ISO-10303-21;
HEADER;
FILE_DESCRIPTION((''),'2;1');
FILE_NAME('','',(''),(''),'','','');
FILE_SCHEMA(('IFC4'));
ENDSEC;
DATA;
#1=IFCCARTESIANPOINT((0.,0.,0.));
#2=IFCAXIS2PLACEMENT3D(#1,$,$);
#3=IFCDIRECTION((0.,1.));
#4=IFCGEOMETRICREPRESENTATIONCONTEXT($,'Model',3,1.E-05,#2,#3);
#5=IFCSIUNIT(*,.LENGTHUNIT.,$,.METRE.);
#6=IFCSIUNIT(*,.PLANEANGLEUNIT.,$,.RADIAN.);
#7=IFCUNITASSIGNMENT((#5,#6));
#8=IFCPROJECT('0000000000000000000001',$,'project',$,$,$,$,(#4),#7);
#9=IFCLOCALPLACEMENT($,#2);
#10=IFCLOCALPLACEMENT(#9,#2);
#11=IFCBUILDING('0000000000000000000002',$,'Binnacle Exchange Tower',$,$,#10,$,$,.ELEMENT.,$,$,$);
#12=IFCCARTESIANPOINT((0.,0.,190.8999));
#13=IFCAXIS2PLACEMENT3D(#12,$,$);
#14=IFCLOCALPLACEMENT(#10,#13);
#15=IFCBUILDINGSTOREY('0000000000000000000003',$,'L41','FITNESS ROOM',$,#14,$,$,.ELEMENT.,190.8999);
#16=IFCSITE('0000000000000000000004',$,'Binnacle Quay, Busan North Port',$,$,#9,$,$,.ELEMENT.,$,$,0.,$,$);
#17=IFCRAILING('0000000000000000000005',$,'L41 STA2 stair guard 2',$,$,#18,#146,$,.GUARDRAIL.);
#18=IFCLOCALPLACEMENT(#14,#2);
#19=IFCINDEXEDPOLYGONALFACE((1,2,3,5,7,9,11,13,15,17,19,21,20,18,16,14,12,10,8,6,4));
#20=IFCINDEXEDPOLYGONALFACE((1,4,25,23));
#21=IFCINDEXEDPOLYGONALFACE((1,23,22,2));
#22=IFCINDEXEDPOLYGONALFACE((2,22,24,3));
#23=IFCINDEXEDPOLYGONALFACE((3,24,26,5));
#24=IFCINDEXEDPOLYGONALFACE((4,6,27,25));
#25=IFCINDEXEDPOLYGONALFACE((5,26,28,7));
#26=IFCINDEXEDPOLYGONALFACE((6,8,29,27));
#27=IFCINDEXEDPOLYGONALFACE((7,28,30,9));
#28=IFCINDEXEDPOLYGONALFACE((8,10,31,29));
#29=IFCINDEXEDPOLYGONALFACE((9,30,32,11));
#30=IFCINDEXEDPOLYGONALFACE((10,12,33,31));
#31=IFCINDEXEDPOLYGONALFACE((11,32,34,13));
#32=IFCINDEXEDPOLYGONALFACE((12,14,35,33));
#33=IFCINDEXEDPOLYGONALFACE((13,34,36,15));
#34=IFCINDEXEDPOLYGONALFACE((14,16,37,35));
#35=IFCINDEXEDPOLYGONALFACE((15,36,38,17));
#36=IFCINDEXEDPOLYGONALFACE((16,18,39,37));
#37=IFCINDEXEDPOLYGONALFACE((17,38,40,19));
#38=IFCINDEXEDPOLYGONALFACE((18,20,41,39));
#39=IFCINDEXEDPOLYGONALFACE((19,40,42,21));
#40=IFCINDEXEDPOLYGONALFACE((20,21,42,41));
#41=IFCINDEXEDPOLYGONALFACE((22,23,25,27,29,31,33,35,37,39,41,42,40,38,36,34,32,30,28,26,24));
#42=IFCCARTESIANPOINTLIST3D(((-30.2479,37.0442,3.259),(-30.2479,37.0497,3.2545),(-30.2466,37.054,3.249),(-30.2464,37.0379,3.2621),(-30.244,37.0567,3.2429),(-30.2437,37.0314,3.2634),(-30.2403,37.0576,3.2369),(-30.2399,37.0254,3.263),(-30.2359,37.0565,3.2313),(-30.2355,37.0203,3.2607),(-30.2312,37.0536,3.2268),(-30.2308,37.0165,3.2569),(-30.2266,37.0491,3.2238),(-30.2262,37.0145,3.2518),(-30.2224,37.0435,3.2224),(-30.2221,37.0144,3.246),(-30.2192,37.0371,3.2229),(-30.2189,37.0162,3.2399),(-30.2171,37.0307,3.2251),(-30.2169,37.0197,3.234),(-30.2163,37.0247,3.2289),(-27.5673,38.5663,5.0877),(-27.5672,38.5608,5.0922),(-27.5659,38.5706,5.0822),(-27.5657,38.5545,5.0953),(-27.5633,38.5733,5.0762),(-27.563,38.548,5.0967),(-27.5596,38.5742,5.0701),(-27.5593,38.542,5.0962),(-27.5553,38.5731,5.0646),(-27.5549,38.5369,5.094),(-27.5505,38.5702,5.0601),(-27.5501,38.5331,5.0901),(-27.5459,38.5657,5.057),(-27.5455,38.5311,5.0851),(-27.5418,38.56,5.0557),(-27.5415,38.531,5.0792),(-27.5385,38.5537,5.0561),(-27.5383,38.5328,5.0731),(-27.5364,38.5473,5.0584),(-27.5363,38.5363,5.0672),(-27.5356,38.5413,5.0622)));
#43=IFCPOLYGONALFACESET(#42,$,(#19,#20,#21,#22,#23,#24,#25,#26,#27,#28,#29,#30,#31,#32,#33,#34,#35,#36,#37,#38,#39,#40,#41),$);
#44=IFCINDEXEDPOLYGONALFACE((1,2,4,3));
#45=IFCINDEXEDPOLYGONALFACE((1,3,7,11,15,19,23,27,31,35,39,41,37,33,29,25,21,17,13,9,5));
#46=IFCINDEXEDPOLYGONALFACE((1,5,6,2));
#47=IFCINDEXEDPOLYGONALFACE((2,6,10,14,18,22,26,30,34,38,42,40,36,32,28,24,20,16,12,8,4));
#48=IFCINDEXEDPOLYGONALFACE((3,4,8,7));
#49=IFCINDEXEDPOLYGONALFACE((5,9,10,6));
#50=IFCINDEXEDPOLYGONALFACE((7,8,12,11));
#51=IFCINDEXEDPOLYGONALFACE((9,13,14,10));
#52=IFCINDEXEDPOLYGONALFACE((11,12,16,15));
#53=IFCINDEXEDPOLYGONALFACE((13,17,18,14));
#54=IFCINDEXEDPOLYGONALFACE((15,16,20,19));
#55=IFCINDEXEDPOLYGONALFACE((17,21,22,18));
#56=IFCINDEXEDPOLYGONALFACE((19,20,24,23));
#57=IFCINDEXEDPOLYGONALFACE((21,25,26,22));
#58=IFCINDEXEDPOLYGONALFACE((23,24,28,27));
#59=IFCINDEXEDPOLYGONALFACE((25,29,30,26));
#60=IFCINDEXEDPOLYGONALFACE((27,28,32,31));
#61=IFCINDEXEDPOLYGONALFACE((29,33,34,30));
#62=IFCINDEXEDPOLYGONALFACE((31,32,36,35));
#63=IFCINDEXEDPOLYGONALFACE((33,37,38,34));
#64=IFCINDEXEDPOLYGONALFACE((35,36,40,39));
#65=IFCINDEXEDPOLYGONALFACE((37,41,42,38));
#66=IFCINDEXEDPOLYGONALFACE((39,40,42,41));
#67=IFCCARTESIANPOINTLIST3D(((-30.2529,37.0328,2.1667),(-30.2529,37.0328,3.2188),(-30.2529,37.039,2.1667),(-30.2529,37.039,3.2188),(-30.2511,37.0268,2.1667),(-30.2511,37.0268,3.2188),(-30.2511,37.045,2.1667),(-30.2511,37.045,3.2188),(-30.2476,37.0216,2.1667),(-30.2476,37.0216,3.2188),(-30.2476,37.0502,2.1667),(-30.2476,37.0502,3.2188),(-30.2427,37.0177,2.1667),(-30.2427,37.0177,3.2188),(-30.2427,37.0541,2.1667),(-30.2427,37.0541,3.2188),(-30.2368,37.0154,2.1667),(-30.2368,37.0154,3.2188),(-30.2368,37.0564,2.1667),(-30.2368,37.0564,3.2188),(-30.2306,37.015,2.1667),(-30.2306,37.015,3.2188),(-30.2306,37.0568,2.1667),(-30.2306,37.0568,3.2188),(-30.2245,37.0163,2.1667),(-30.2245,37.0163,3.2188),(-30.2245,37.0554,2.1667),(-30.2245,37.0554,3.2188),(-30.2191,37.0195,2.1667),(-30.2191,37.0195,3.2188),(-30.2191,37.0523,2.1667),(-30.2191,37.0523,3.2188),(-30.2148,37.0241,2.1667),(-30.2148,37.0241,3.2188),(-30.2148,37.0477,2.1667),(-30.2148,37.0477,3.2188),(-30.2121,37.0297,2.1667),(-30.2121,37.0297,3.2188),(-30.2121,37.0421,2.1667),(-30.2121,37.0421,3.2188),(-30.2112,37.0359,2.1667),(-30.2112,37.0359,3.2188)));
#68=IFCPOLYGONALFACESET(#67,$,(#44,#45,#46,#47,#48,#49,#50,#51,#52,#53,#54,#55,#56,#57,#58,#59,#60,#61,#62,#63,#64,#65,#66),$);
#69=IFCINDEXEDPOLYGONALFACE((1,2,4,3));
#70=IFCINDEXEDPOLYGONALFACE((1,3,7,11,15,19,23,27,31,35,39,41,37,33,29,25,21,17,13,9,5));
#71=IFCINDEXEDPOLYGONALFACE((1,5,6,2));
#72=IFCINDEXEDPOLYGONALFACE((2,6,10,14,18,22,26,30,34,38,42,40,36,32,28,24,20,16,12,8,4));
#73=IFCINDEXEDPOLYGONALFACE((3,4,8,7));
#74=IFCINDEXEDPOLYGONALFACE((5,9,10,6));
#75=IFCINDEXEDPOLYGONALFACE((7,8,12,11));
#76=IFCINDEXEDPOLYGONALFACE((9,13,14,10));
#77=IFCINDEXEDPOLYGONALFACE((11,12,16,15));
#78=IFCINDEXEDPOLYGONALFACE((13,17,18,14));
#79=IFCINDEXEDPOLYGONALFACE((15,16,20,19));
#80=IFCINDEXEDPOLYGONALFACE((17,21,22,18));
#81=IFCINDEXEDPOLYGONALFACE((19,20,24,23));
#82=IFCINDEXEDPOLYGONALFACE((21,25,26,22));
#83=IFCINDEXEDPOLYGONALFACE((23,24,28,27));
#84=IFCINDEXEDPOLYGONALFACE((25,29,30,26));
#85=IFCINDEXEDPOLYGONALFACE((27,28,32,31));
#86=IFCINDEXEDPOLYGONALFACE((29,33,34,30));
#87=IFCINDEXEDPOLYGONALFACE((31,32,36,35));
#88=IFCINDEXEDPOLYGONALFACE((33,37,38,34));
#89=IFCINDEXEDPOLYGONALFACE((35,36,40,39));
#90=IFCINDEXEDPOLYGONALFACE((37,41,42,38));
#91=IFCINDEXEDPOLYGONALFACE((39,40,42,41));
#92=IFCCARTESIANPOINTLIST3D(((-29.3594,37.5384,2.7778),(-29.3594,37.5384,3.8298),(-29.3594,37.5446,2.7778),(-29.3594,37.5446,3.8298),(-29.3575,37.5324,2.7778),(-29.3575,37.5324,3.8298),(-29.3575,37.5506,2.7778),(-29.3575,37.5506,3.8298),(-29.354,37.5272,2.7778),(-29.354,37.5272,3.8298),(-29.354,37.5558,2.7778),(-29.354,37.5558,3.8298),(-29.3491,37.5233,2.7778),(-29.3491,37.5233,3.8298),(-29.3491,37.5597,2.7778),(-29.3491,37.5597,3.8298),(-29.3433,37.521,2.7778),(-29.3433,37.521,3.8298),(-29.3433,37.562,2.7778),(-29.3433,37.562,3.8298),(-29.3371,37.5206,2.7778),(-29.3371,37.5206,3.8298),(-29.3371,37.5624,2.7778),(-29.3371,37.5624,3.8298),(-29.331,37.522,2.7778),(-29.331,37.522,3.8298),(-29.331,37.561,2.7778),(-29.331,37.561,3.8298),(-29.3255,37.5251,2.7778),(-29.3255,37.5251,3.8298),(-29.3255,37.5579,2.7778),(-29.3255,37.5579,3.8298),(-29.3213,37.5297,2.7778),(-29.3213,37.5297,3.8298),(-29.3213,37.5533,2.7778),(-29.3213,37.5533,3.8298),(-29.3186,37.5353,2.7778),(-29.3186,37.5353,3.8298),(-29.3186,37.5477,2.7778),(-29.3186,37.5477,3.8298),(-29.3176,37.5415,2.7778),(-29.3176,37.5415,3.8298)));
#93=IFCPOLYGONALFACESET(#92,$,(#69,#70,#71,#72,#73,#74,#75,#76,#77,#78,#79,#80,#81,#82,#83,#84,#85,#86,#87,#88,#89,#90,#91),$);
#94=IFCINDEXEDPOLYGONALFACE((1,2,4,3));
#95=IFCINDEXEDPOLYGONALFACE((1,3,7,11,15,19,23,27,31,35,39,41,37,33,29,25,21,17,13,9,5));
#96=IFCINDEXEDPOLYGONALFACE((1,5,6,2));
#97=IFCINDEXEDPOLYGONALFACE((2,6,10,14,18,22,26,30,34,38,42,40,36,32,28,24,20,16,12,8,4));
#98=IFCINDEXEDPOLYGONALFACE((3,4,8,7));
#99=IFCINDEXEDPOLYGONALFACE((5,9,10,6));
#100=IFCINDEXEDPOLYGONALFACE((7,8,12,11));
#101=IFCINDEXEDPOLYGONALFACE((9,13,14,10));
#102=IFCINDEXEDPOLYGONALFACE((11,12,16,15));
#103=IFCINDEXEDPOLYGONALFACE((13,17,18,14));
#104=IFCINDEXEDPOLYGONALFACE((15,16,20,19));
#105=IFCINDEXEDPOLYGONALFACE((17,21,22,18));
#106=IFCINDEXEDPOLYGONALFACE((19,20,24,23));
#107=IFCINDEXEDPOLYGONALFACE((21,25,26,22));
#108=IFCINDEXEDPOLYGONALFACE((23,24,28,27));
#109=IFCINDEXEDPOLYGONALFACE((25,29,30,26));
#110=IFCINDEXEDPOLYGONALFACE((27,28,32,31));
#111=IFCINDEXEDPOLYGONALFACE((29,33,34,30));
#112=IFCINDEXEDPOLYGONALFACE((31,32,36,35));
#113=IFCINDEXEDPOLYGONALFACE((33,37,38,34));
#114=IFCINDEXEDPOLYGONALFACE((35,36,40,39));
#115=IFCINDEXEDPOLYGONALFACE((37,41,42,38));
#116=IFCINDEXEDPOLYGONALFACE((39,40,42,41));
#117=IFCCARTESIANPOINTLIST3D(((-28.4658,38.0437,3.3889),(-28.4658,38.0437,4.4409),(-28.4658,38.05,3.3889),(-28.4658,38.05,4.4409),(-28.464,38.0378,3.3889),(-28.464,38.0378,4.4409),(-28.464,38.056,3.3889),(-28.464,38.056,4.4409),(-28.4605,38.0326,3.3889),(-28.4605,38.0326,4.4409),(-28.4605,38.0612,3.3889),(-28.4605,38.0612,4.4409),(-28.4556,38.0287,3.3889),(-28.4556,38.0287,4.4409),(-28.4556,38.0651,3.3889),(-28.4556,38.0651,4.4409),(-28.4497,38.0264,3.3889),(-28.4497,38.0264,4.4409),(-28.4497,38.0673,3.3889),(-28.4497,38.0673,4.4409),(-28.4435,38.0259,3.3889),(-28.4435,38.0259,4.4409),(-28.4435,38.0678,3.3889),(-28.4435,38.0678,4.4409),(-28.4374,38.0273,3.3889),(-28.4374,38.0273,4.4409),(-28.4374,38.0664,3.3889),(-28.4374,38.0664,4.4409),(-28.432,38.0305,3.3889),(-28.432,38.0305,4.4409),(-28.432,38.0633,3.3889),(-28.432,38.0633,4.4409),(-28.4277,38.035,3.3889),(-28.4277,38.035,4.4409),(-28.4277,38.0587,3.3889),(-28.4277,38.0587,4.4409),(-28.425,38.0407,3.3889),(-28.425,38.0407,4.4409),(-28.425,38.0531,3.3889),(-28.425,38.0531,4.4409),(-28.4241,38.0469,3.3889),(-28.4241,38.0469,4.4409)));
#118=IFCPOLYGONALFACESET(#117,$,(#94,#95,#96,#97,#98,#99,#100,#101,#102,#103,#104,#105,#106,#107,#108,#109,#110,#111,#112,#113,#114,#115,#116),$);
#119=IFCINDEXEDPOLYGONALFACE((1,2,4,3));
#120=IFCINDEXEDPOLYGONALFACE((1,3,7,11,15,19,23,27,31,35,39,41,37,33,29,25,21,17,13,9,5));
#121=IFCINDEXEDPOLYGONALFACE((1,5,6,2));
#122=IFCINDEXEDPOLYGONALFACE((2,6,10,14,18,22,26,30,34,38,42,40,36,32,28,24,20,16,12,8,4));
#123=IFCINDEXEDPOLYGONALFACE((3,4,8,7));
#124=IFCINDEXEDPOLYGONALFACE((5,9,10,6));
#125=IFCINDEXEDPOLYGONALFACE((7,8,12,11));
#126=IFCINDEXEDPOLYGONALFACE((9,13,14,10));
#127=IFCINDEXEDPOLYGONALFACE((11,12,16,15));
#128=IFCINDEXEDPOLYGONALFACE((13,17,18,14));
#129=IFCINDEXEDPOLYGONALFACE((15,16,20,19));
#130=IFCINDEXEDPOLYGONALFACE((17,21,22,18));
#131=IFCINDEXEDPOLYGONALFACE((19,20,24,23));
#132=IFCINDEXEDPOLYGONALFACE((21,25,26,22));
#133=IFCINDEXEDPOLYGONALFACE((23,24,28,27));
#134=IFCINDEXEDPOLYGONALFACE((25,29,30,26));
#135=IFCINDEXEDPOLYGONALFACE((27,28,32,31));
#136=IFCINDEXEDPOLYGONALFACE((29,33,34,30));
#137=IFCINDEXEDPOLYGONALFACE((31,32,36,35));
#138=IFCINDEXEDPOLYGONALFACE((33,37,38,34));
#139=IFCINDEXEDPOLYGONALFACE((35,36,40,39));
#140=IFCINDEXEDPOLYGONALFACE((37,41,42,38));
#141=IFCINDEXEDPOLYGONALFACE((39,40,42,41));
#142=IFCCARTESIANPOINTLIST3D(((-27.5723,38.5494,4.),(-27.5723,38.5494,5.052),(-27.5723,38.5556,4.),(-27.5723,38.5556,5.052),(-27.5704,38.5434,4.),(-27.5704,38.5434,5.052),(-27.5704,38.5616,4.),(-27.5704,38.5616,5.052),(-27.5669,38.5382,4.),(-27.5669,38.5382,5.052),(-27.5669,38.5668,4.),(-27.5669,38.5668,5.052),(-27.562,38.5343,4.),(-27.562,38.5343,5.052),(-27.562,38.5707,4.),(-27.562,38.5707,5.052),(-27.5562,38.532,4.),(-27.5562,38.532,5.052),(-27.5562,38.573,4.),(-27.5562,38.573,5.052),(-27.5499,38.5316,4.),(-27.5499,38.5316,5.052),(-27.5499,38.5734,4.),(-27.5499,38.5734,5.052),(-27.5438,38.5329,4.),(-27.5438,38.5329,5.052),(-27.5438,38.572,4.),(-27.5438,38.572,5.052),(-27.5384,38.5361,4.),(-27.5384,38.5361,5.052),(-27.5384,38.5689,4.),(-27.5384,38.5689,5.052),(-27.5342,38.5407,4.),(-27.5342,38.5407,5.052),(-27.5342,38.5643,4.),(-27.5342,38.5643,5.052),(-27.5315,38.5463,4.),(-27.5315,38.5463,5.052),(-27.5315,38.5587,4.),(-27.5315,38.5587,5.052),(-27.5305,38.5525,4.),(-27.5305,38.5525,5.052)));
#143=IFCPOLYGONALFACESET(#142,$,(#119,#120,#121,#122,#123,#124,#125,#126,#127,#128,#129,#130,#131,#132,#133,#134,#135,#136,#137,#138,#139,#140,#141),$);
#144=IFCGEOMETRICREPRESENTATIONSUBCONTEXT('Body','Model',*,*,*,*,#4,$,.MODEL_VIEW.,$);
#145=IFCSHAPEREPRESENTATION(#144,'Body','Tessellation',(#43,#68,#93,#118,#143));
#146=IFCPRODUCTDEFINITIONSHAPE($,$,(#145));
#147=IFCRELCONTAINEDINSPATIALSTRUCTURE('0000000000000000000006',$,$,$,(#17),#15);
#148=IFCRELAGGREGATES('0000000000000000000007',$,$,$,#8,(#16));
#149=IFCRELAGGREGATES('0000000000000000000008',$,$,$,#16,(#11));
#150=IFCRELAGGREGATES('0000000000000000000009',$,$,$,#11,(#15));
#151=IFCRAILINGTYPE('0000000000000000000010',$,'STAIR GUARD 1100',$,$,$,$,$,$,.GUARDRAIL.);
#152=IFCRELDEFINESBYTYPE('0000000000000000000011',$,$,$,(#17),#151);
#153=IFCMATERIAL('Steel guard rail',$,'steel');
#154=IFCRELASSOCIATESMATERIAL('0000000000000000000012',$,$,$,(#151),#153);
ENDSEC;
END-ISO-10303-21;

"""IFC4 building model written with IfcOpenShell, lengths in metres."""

from ifc_helpers import new_model, si_unit, direction, frame, origin, origin_2d, place, context, subcontext, project, spatial, circle, extrude, material, type_object, element, save


model = new_model("IFC4")

# Units and contexts
model_context = context("Model", 3, precision=1e-05, world=origin(), true_north=direction((0.0, 1.0)))
body_context = subcontext(model_context, "Body", "Model", "MODEL_VIEW")
ifc_project = project(units=[si_unit("LENGTHUNIT", "METRE"), si_unit("PLANEANGLEUNIT", "RADIAN")], contexts=[model_context])

# Site, building, storey
site_placement = place(None, origin())
site = spatial("IfcSite", under=ifc_project, at=site_placement, Name="Binnacle Quay, Busan North Port", CompositionType="ELEMENT", RefElevation=0.0)
building_placement = place(site_placement, origin())
building = spatial("IfcBuilding", under=site, at=building_placement, Name="Binnacle Exchange Tower", CompositionType="ELEMENT")
storey_placement = place(building_placement, frame((0.0, 0.0, 190.8999)))
storey = spatial("IfcBuildingStorey", under=building, at=storey_placement, Name="L41", Description="FITNESS ROOM", CompositionType="ELEMENT", Elevation=190.8999)

# Railing
ifc_material_1 = material(Name="Steel guard rail", Category="steel")
railing_type_1 = type_object("IfcRailingType", Name="STAIR GUARD 1100", PredefinedType="GUARDRAIL", material=ifc_material_1)
railing_1_placement = place(storey_placement, frame((-30.2322, 37.0359, 2.1667)))
element("IfcRailing", 1, at=railing_1_placement, inside=storey, type_object=railing_type_1, Name="L41 STA2 stair guard 2", PredefinedType="GUARDRAIL", context=body_context, shape_type="SweptSolid", body=[
    extrude(circle(Radius=0.0239, at=origin_2d()), frame((0.0, 0.0, 1.0762), z_axis=(0.747901, 0.423129, 0.511474), x_axis=(-0.492412, 0.870362, 0.0)), (0.0, 0.0, 1.0), 3.5842),
    extrude(circle(Radius=0.021, at=origin_2d()), origin(), (0.0, 0.0, 1.0), 1.052),
    extrude(circle(Radius=0.021, at=origin_2d()), frame((0.8936, 0.5056, 0.6111)), (0.0, 0.0, 1.0), 1.052),
    extrude(circle(Radius=0.021, at=origin_2d()), frame((1.7871, 1.011, 1.2222)), (0.0, 0.0, 1.0), 1.052),
    extrude(circle(Radius=0.021, at=origin_2d()), frame((2.6807, 1.5166, 1.8333)), (0.0, 0.0, 1.0), 1.052),
])

save(model, "model.ifc")
